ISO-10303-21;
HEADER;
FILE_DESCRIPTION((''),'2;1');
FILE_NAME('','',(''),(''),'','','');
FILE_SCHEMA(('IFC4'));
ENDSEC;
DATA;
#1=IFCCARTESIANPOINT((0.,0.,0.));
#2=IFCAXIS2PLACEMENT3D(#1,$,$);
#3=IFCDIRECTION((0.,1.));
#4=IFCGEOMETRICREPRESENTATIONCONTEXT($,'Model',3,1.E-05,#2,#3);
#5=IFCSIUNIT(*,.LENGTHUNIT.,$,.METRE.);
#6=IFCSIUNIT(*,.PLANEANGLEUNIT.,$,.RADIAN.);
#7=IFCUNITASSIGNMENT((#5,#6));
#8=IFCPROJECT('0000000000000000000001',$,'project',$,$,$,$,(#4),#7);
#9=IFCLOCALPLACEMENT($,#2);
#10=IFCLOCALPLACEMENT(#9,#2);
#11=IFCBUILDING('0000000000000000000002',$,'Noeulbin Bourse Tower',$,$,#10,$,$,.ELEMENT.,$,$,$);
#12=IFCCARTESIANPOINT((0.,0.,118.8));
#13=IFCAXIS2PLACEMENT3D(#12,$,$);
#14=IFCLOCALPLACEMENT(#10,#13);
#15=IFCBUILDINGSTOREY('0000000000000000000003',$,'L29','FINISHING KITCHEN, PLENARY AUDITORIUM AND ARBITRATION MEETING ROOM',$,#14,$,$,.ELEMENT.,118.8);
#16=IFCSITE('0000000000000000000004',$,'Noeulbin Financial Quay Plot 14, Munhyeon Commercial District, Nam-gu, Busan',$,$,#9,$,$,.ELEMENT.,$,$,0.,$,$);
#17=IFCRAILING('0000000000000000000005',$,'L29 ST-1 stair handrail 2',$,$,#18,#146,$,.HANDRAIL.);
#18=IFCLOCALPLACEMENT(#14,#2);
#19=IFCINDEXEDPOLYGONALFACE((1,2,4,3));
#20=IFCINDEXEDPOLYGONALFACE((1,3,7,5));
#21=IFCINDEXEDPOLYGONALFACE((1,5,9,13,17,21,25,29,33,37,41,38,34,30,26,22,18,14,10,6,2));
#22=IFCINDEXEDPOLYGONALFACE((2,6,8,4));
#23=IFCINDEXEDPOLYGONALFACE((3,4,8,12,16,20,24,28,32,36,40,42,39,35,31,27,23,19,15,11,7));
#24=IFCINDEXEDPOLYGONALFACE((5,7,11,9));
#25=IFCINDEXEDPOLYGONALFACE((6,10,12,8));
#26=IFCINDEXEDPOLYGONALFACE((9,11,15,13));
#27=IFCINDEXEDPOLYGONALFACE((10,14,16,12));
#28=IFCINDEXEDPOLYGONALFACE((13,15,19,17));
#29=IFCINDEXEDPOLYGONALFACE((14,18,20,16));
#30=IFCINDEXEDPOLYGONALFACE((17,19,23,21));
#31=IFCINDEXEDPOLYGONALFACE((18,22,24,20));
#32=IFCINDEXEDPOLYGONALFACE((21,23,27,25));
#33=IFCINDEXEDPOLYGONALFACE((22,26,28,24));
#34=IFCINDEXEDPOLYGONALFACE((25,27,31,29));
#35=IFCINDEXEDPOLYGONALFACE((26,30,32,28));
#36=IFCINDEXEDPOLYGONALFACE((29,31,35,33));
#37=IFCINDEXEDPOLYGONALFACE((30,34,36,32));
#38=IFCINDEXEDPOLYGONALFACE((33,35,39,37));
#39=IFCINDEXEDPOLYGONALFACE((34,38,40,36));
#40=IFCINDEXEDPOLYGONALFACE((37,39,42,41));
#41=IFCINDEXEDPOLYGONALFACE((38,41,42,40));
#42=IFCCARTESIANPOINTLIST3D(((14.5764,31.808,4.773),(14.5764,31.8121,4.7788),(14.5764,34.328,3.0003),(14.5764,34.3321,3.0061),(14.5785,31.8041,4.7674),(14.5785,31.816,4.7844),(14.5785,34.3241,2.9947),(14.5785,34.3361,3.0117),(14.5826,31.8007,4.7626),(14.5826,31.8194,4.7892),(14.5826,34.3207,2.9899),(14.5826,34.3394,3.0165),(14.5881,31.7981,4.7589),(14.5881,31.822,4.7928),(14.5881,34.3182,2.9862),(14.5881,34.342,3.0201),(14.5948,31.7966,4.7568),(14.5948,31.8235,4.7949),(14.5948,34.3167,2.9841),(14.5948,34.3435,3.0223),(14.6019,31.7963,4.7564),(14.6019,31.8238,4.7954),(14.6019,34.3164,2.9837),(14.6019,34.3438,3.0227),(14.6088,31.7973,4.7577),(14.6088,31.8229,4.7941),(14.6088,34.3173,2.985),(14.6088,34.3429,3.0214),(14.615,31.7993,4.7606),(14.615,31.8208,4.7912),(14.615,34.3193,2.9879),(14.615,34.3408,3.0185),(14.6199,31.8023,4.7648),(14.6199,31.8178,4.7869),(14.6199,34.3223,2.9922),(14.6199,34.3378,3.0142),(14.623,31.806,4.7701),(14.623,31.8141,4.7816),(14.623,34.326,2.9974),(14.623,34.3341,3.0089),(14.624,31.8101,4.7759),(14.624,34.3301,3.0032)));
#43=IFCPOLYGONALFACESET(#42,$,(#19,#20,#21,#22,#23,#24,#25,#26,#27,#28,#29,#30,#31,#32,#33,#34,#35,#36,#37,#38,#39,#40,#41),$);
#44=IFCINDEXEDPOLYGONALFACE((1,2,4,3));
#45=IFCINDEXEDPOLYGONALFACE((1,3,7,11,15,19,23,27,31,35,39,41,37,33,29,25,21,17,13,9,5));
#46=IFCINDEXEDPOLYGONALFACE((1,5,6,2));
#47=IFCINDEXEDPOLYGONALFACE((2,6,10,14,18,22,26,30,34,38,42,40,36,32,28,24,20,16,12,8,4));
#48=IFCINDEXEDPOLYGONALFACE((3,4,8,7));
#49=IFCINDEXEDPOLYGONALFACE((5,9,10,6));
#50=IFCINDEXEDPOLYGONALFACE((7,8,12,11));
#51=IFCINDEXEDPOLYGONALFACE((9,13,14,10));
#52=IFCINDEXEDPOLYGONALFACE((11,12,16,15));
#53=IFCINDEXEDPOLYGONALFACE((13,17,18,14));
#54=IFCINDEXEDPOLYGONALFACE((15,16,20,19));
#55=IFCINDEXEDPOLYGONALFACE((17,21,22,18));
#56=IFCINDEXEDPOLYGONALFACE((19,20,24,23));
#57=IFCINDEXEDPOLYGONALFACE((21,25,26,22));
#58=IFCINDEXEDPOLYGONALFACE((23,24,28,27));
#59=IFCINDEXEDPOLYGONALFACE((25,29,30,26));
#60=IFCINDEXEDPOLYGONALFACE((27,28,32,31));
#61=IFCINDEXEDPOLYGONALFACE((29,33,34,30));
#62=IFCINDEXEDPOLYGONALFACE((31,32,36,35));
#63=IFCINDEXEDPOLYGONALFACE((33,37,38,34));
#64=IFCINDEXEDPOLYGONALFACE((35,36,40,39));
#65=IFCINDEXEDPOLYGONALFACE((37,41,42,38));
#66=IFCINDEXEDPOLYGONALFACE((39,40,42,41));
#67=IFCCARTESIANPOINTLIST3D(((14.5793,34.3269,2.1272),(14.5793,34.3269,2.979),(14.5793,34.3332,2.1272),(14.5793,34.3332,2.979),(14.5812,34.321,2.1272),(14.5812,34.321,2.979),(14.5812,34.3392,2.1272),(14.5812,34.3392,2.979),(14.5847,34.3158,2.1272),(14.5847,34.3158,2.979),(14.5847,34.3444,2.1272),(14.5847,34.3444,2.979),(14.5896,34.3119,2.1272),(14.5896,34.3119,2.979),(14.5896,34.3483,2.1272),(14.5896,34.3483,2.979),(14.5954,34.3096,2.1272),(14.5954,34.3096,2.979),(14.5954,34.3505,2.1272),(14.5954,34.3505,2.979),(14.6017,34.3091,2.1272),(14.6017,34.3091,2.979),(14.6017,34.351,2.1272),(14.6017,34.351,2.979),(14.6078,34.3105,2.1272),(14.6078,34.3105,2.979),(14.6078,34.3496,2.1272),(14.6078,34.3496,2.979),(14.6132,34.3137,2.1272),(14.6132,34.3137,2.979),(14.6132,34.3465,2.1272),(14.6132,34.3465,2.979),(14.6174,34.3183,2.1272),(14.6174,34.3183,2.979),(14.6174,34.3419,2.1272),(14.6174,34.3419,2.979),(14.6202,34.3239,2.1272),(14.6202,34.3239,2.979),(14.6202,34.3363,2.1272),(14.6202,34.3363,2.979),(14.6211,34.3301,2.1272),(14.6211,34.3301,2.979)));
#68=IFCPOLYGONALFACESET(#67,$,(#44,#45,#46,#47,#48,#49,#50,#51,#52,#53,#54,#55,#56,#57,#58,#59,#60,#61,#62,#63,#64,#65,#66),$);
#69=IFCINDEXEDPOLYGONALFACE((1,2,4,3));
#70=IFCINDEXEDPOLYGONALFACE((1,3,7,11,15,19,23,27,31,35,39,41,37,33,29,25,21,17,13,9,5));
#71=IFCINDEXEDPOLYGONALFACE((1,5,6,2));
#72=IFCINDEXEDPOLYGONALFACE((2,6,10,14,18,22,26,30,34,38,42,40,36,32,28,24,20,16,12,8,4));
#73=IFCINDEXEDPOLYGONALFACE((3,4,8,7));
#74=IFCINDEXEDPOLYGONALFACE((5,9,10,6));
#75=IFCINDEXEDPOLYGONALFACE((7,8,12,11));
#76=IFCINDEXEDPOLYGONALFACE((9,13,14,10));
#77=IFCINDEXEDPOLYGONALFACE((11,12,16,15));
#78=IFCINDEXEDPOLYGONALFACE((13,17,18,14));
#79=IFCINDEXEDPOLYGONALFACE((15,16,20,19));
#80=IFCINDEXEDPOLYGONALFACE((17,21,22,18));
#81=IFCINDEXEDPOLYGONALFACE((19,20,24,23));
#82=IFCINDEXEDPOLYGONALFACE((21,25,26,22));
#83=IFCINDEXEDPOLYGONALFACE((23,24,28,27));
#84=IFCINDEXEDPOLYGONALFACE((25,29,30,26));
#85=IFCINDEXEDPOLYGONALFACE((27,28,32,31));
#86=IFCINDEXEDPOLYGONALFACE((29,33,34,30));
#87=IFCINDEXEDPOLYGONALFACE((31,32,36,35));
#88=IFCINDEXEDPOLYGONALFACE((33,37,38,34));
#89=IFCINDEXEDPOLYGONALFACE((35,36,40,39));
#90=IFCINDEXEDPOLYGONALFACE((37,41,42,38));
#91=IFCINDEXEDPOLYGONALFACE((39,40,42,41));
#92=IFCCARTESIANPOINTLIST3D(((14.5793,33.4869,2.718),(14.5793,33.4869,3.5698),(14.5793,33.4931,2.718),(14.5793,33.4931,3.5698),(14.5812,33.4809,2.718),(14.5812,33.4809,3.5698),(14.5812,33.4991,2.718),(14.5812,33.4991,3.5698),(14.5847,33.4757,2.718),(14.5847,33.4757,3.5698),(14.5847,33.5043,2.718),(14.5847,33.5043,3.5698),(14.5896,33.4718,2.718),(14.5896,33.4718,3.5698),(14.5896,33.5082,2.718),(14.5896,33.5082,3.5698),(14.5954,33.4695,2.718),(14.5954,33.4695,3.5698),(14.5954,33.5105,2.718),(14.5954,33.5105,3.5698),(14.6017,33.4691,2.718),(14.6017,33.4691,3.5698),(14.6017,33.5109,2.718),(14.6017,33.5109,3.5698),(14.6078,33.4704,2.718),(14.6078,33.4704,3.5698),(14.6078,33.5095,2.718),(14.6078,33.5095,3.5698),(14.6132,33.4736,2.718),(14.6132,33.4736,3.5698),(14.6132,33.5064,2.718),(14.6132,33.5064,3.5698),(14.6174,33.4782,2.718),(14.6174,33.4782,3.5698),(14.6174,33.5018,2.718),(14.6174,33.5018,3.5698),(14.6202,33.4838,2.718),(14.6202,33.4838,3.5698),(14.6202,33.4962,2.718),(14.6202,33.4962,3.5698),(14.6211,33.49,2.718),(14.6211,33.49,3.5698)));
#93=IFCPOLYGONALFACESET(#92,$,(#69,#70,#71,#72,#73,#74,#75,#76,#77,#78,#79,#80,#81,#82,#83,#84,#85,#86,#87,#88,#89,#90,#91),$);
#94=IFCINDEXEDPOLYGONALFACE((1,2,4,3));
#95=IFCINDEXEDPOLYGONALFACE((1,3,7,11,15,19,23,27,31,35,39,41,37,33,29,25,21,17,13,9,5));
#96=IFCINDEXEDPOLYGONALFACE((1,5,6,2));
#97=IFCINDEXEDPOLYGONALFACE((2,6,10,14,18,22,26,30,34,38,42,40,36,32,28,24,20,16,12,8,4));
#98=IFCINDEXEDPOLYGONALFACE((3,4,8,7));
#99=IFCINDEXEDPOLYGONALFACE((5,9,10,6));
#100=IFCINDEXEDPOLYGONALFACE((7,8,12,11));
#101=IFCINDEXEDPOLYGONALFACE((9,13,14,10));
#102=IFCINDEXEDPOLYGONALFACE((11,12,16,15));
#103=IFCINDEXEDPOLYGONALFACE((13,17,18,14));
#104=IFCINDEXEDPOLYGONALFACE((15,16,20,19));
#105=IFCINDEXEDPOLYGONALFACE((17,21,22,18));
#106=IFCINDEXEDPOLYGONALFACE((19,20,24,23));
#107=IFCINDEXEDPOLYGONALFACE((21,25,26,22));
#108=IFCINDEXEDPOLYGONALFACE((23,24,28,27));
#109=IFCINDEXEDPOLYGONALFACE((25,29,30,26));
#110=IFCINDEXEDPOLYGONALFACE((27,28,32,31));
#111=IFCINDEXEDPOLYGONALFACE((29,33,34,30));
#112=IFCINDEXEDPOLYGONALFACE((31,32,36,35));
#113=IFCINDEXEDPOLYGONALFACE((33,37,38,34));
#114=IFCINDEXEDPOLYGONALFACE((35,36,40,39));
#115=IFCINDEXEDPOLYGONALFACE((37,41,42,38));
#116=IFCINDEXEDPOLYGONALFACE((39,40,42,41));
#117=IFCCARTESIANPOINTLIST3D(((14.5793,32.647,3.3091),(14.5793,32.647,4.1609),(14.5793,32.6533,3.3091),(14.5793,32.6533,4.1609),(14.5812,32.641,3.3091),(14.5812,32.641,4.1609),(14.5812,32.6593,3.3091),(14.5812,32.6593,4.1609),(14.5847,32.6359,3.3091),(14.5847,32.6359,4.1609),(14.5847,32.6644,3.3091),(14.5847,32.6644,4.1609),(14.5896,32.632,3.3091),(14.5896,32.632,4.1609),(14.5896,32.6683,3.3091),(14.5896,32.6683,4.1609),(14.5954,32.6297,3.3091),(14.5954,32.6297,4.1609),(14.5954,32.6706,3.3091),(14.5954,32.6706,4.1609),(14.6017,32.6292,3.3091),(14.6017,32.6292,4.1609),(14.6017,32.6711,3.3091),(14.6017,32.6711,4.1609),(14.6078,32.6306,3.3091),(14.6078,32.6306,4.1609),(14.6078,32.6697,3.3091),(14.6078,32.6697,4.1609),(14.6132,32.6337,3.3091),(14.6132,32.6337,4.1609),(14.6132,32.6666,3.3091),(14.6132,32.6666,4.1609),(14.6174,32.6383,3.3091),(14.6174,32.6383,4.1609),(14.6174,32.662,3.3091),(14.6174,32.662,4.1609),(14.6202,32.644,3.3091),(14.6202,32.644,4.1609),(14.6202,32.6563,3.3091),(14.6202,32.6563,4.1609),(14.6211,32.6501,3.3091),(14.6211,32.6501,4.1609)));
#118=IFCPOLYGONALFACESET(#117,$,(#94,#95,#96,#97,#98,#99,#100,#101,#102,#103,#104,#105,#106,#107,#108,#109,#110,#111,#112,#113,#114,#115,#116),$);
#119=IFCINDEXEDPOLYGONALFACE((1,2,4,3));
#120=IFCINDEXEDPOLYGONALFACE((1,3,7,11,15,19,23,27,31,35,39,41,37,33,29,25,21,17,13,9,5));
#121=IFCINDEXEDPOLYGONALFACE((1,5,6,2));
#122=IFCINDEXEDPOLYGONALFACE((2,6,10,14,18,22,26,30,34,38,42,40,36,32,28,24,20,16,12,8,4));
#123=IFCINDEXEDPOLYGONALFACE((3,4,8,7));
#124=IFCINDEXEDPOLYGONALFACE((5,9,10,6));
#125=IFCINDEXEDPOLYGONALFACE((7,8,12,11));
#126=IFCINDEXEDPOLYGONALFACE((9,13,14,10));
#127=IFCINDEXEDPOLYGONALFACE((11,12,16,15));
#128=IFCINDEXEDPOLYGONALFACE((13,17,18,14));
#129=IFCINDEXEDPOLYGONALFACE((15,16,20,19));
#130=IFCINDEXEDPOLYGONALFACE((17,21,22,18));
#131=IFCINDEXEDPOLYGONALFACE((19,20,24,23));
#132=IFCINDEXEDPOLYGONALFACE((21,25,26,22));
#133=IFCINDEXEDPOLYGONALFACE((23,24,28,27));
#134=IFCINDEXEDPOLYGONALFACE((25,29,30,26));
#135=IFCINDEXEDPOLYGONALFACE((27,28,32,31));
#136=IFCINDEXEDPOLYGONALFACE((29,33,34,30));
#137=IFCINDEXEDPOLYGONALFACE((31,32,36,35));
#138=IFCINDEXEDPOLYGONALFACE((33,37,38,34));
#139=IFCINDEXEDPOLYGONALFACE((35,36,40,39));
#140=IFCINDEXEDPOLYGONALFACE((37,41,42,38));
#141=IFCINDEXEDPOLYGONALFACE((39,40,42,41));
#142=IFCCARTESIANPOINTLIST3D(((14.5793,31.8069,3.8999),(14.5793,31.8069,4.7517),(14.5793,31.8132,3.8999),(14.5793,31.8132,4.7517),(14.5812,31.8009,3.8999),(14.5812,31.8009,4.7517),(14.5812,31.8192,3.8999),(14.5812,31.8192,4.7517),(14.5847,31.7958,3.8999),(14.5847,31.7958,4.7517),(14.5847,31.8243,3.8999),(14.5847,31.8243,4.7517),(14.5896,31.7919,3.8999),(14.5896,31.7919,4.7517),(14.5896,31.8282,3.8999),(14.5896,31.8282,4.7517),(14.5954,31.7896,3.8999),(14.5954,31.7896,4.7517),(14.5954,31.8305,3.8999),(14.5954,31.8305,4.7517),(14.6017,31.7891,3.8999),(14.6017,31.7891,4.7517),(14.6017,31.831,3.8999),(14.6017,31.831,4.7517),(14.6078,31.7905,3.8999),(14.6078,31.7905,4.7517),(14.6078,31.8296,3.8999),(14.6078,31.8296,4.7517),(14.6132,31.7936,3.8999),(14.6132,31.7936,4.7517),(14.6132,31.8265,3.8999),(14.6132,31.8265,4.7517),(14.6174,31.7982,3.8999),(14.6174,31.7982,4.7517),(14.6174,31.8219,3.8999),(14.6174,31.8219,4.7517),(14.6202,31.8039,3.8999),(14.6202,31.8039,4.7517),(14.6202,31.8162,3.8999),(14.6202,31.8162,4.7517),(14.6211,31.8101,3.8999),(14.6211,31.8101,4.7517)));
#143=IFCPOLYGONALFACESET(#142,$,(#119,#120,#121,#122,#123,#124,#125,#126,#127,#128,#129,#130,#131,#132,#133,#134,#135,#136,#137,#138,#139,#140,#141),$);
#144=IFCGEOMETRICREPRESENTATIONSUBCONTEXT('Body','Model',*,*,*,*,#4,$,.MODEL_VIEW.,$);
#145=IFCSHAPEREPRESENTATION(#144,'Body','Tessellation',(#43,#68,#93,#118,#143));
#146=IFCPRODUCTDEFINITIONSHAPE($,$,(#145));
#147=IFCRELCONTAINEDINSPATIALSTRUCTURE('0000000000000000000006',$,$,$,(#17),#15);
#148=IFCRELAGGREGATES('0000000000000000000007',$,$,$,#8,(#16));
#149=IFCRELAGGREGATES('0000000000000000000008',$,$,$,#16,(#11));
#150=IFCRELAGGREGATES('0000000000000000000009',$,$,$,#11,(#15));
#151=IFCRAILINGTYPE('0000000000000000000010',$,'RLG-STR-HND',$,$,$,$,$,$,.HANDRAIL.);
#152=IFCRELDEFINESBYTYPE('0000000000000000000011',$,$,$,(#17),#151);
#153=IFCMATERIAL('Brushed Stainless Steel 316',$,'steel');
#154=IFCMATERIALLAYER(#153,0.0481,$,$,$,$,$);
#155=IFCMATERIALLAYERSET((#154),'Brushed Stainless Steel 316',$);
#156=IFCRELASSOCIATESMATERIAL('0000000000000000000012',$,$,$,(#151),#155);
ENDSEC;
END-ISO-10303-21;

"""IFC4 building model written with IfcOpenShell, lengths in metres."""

from ifc_helpers import new_model, si_unit, direction, frame, origin, origin_2d, place, context, subcontext, project, spatial, circle, extrude, material, layer, layer_set, type_object, element, save


model = new_model("IFC4")

# Units and contexts
model_context = context("Model", 3, precision=1e-05, world=origin(), true_north=direction((0.0, 1.0)))
body_context = subcontext(model_context, "Body", "Model", "MODEL_VIEW")
ifc_project = project(units=[si_unit("LENGTHUNIT", "METRE"), si_unit("PLANEANGLEUNIT", "RADIAN")], contexts=[model_context])

# Site, building, storey
site_placement = place(None, origin())
site = spatial("IfcSite", under=ifc_project, at=site_placement, Name="Noeulbin Financial Quay Plot 14, Munhyeon Commercial District, Nam-gu, Busan", CompositionType="ELEMENT", RefElevation=0.0)
building_placement = place(site_placement, origin())
building = spatial("IfcBuilding", under=site, at=building_placement, Name="Noeulbin Bourse Tower", CompositionType="ELEMENT")
storey_placement = place(building_placement, frame((0.0, 0.0, 118.8)))
storey = spatial("IfcBuildingStorey", under=building, at=storey_placement, Name="L29", Description="FINISHING KITCHEN, PLENARY AUDITORIUM AND ARBITRATION MEETING ROOM", CompositionType="ELEMENT", Elevation=118.8)

# Shared definitions
ifc_material_1 = material(Name="Brushed Stainless Steel 316", Category="steel")

# Railing
ifc_layer_1 = layer(ifc_material_1, 0.0481)
ifc_layer_set_1 = layer_set([ifc_layer_1], Name="Brushed Stainless Steel 316")
railing_type_1 = type_object("IfcRailingType", Name="RLG-STR-HND", PredefinedType="HANDRAIL", material=ifc_layer_set_1)
railing_1_placement = place(storey_placement, frame((14.6001, 34.3301, 2.1272)))
element("IfcRailing", 1, at=railing_1_placement, inside=storey, type_object=railing_type_1, Name="L29 ST-1 stair handrail 2", PredefinedType="HANDRAIL", context=body_context, shape_type="SweptSolid", body=[
    extrude(circle(Radius=0.0239, at=origin_2d()), frame((0.0, 0.0, 0.876), z_axis=(0.0, -0.817904, 0.575354), x_axis=(1.0, 0.0, 0.0)), (0.0, 0.0, 1.0), 3.0811),
    extrude(circle(Radius=0.021, at=origin_2d()), origin(), (0.0, 0.0, 1.0), 0.8518),
    extrude(circle(Radius=0.021, at=origin_2d()), frame((0.0, -0.8401, 0.5908)), (0.0, 0.0, 1.0), 0.8518),
    extrude(circle(Radius=0.021, at=origin_2d()), frame((0.0, -1.6799, 1.1819)), (0.0, 0.0, 1.0), 0.8518),
    extrude(circle(Radius=0.021, at=origin_2d()), frame((0.0, -2.52, 1.7727)), (0.0, 0.0, 1.0), 0.8518),
])

save(model, "model.ifc")
